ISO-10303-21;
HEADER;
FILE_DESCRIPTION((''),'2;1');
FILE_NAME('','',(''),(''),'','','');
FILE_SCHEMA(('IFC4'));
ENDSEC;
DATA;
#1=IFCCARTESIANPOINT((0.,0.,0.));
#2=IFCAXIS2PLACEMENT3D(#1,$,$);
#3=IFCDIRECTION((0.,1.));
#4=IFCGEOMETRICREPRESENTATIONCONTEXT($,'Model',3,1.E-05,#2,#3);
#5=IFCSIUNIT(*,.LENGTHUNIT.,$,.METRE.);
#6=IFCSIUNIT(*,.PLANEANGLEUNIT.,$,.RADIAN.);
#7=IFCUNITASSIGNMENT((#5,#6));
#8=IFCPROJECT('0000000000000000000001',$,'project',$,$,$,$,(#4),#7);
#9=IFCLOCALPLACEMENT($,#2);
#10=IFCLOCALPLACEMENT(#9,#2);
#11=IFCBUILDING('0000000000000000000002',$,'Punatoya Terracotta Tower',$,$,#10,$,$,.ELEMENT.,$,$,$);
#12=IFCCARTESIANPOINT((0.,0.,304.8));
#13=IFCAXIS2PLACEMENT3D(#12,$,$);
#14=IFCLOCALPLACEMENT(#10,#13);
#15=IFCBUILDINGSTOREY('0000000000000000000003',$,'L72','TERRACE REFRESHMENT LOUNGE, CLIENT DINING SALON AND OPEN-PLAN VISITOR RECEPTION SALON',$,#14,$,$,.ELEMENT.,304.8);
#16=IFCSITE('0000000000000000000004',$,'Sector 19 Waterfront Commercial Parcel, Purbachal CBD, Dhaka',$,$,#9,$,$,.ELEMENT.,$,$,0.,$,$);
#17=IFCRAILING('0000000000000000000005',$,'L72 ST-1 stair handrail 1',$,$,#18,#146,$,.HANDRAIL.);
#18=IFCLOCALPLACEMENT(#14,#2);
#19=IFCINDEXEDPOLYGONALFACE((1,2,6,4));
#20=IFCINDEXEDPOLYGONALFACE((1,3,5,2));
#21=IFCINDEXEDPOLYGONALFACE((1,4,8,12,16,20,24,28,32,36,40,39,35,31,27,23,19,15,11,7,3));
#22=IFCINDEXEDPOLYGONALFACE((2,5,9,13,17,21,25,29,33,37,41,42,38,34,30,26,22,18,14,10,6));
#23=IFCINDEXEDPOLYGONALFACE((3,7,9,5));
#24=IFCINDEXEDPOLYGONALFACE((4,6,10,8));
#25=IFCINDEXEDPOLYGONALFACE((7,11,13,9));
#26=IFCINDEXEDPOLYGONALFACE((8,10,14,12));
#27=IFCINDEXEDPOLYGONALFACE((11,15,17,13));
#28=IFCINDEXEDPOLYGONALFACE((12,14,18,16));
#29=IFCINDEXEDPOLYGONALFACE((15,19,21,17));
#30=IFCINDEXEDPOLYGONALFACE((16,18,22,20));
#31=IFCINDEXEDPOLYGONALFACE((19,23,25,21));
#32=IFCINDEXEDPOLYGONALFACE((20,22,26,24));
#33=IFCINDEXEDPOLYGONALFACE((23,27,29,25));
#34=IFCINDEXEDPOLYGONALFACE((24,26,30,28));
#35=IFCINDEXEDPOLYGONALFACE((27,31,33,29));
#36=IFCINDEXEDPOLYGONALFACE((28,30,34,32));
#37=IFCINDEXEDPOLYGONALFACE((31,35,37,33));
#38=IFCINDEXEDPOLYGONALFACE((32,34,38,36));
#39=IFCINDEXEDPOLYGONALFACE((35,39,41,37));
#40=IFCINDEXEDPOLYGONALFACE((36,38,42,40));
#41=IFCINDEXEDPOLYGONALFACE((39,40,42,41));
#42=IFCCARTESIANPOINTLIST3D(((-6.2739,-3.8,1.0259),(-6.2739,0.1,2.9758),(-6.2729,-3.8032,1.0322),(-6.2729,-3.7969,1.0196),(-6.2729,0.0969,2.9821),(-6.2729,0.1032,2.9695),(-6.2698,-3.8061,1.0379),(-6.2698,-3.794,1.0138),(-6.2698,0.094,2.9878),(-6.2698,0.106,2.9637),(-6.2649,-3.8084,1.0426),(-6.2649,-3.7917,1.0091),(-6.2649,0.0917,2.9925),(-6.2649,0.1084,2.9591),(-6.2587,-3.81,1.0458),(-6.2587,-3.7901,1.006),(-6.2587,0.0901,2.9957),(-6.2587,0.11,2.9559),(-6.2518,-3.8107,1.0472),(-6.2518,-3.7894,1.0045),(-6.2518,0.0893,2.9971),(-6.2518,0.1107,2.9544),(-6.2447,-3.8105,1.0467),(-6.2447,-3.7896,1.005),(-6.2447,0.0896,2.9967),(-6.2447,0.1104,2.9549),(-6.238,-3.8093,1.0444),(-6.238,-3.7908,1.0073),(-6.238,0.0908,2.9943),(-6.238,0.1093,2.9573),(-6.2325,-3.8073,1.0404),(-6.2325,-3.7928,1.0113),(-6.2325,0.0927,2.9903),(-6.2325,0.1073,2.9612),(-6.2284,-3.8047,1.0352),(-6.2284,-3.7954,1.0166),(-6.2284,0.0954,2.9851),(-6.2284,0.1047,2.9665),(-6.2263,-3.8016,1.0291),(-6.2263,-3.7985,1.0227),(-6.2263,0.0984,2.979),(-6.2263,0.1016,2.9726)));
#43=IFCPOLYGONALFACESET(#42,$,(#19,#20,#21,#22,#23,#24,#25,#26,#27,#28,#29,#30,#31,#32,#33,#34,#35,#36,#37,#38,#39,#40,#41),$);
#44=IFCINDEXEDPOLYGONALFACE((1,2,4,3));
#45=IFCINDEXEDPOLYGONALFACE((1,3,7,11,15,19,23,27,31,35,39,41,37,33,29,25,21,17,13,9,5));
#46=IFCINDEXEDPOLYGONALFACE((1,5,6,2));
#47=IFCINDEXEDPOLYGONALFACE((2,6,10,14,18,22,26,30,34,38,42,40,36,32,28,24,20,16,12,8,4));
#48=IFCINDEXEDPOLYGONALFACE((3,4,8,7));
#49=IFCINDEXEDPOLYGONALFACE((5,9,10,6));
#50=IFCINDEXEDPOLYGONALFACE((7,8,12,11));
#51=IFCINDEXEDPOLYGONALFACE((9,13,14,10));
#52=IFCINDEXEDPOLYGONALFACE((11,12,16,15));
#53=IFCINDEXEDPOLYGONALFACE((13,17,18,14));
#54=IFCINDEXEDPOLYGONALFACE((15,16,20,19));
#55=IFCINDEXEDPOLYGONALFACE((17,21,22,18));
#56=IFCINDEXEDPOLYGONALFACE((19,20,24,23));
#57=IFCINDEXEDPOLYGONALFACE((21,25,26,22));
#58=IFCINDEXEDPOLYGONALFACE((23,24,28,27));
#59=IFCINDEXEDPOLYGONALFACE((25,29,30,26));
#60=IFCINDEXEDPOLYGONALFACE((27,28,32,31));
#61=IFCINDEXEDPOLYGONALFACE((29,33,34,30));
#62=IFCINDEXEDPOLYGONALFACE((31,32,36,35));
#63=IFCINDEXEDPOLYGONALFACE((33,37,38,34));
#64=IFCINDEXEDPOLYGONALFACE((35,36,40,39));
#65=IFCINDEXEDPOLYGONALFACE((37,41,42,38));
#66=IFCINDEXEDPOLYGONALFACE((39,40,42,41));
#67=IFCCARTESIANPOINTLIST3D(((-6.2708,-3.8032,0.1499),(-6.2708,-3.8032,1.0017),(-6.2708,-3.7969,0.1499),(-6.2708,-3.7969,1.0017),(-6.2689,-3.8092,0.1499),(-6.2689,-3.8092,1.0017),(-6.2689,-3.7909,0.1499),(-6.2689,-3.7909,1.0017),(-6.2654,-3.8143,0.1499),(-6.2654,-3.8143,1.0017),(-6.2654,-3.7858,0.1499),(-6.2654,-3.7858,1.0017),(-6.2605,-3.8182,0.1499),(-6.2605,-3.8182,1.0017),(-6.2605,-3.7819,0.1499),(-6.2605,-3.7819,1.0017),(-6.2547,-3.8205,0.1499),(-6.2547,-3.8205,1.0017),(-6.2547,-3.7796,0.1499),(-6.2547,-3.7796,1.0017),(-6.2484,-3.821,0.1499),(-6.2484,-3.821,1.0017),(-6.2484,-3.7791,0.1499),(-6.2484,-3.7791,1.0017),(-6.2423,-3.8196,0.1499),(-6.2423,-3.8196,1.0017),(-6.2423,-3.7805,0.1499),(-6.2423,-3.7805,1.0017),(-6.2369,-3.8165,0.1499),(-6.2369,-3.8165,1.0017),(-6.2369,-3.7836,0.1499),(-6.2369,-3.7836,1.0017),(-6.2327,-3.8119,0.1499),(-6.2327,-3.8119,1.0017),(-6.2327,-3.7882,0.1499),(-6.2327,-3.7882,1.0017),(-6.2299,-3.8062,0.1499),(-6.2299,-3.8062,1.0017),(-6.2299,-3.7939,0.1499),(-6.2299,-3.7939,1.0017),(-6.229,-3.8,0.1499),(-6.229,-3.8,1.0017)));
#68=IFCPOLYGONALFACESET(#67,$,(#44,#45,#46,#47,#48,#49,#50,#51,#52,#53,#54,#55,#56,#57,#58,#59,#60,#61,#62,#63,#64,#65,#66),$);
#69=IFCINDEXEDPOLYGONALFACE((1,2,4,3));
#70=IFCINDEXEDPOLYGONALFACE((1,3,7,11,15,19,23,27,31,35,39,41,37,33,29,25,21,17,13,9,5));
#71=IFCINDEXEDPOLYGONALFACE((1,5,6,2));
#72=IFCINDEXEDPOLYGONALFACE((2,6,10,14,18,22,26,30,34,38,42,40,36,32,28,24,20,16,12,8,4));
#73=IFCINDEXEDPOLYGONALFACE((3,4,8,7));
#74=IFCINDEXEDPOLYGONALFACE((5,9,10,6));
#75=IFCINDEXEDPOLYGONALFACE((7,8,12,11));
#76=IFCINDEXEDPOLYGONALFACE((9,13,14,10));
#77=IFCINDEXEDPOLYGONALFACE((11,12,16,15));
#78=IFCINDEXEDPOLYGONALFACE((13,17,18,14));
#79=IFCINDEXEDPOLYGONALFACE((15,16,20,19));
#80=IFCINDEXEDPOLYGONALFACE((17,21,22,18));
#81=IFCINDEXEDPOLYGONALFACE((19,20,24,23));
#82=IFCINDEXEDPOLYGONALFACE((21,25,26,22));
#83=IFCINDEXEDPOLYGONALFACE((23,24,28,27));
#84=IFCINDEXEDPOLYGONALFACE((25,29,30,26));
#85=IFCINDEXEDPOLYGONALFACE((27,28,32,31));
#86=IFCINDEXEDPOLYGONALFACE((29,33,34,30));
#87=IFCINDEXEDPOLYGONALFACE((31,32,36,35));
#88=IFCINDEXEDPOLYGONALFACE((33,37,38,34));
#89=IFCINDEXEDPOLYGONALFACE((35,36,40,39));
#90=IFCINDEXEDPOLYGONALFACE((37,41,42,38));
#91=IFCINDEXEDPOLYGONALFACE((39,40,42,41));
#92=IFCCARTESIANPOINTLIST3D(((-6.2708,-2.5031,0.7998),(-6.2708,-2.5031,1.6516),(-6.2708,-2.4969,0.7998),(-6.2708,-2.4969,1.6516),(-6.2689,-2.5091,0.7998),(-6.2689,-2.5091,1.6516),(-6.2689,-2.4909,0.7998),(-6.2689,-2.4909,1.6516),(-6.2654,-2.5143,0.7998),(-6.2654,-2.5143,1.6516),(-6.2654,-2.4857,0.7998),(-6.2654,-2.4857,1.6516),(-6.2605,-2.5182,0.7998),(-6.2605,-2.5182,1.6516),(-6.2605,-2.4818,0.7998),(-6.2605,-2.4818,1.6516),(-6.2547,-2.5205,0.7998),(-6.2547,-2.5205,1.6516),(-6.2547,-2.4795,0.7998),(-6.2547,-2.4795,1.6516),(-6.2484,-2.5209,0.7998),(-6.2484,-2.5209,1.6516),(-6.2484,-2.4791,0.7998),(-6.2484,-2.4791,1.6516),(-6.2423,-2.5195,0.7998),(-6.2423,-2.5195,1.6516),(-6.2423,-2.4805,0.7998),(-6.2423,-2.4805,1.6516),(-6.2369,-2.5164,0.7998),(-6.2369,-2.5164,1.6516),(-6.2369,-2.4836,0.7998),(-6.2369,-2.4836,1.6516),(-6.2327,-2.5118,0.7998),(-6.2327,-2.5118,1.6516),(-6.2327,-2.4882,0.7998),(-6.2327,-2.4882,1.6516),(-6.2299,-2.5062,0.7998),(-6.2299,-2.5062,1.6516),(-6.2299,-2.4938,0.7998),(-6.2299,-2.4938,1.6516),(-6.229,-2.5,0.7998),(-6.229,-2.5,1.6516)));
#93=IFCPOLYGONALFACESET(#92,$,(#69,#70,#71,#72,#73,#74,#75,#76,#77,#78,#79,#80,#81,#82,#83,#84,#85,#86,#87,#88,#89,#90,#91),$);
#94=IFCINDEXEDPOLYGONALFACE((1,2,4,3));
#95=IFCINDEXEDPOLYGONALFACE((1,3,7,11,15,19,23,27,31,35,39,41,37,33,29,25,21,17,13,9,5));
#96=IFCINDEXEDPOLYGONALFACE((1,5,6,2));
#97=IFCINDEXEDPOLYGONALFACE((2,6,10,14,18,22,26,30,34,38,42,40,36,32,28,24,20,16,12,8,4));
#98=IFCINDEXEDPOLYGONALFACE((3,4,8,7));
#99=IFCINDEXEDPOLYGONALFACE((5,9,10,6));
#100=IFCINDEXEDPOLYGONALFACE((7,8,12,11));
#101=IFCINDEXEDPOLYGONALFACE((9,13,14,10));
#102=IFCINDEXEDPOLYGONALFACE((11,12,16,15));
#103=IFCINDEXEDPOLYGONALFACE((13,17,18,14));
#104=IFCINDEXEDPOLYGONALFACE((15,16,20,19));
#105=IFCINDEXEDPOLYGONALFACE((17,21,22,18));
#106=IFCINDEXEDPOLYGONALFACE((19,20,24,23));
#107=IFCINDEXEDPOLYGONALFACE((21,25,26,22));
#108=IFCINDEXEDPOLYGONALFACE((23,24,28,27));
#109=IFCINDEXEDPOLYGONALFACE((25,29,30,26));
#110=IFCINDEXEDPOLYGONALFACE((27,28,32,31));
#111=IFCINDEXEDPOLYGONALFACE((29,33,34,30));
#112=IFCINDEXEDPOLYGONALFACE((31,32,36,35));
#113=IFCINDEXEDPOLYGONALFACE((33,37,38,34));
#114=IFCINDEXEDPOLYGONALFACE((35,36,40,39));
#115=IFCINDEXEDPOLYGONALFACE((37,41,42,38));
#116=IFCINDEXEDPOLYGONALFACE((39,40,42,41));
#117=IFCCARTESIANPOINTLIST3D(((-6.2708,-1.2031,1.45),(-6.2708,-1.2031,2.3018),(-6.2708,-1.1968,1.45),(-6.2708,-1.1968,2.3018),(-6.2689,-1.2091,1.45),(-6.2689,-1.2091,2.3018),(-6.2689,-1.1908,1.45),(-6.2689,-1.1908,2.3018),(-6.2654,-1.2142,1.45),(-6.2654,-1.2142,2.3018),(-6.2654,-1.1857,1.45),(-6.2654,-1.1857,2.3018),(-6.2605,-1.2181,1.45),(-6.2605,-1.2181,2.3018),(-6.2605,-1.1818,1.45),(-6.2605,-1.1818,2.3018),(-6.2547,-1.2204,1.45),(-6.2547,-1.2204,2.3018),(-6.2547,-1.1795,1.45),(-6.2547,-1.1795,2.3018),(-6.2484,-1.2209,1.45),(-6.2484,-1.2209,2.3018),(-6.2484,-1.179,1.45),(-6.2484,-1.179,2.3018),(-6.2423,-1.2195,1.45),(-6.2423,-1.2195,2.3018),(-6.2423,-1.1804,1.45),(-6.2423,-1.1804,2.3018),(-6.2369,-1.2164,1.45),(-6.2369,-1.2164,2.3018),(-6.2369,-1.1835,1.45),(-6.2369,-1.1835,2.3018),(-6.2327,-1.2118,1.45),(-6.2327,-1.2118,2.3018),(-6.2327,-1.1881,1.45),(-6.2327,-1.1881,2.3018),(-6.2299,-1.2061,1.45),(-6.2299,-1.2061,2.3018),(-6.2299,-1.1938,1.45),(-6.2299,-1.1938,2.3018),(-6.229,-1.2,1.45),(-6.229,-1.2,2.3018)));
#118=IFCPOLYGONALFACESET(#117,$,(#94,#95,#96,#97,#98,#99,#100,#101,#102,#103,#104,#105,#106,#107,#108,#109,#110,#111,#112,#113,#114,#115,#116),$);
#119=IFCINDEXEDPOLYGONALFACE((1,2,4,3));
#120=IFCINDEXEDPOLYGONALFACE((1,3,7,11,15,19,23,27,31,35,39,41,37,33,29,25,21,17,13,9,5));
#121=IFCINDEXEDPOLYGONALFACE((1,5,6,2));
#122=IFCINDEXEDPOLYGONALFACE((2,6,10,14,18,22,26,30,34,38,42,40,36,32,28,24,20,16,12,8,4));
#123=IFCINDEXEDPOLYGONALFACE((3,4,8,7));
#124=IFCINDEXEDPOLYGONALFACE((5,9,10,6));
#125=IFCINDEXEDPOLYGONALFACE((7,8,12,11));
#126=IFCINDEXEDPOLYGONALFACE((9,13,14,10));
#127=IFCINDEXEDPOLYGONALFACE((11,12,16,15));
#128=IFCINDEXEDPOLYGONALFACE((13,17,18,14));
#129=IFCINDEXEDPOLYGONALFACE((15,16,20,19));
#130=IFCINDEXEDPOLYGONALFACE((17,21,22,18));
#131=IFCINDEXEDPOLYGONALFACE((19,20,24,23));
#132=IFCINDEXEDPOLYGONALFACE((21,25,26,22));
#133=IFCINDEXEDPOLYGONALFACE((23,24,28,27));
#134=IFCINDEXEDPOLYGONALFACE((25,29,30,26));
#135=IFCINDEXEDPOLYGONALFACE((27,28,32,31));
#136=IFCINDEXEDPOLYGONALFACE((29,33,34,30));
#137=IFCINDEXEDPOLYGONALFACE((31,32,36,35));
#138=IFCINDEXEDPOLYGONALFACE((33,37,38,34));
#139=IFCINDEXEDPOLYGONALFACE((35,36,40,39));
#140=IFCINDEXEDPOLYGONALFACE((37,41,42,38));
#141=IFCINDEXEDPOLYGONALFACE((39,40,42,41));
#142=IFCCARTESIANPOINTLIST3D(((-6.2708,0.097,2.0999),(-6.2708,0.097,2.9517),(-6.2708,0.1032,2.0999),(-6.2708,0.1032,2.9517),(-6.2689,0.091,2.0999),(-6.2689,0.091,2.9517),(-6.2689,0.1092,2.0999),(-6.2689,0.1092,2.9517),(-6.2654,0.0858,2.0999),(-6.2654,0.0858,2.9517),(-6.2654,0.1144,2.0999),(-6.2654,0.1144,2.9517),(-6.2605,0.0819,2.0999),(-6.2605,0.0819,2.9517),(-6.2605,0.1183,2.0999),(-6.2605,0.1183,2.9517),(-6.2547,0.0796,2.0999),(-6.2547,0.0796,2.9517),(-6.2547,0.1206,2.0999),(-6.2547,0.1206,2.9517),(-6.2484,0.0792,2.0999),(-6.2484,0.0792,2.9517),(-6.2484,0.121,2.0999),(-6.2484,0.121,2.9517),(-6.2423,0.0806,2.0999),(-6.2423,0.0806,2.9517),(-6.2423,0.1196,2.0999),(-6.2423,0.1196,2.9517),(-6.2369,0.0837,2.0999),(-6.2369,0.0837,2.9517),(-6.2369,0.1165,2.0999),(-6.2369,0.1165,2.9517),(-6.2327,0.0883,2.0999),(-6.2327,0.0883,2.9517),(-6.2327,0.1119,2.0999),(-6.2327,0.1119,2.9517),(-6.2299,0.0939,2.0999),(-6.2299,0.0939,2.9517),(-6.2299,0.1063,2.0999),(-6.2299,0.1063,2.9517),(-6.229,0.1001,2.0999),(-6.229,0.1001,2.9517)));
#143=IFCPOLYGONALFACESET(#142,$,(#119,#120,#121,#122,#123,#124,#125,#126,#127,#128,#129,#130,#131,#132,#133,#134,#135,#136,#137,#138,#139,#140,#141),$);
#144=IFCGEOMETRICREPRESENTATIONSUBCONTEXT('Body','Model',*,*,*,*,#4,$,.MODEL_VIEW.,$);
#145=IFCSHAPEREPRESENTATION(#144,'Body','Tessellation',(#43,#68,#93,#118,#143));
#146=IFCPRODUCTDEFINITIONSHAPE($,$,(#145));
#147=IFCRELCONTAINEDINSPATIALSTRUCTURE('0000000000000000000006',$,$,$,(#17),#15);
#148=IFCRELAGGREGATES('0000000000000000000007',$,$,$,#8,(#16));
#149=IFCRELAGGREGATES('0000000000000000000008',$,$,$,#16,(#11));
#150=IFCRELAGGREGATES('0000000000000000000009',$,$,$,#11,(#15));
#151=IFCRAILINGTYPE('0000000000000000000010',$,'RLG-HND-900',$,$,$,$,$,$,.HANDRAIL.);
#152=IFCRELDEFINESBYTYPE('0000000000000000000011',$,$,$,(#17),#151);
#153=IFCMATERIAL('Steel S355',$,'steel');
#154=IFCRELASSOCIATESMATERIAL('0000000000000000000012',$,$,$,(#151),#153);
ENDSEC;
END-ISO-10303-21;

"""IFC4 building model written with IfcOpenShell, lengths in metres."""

from ifc_helpers import new_model, si_unit, direction, frame, origin, origin_2d, place, context, subcontext, project, spatial, circle, extrude, material, type_object, element, save


model = new_model("IFC4")

# Units and contexts
model_context = context("Model", 3, precision=1e-05, world=origin(), true_north=direction((0.0, 1.0)))
body_context = subcontext(model_context, "Body", "Model", "MODEL_VIEW")
ifc_project = project(units=[si_unit("LENGTHUNIT", "METRE"), si_unit("PLANEANGLEUNIT", "RADIAN")], contexts=[model_context])

# Site, building, storey
site_placement = place(None, origin())
site = spatial("IfcSite", under=ifc_project, at=site_placement, Name="Sector 19 Waterfront Commercial Parcel, Purbachal CBD, Dhaka", CompositionType="ELEMENT", RefElevation=0.0)
building_placement = place(site_placement, origin())
building = spatial("IfcBuilding", under=site, at=building_placement, Name="Punatoya Terracotta Tower", CompositionType="ELEMENT")
storey_placement = place(building_placement, frame((0.0, 0.0, 304.8)))
storey = spatial("IfcBuildingStorey", under=building, at=storey_placement, Name="L72", Description="TERRACE REFRESHMENT LOUNGE, CLIENT DINING SALON AND OPEN-PLAN VISITOR RECEPTION SALON", CompositionType="ELEMENT", Elevation=304.8)

# Shared definitions
ifc_material_1 = material(Name="Steel S355", Category="steel")

# Railing
railing_type_1 = type_object("IfcRailingType", Name="RLG-HND-900", PredefinedType="HANDRAIL", material=ifc_material_1)
railing_1_placement = place(storey_placement, frame((-6.25, -3.8, 0.1499)))
element("IfcRailing", 1, at=railing_1_placement, inside=storey, type_object=railing_type_1, Name="L72 ST-1 stair handrail 1", PredefinedType="HANDRAIL", context=body_context, shape_type="SweptSolid", body=[
    extrude(circle(Radius=0.0239, at=origin_2d()), frame((0.0, 0.0, 0.876), z_axis=(0.0, 0.894438, 0.447191), x_axis=(-1.0, 0.0, 0.0)), (0.0, 0.0, 1.0), 4.3604),
    extrude(circle(Radius=0.021, at=origin_2d()), origin(), (0.0, 0.0, 1.0), 0.8518),
    extrude(circle(Radius=0.021, at=origin_2d()), frame((0.0, 1.3, 0.6499)), (0.0, 0.0, 1.0), 0.8518),
    extrude(circle(Radius=0.021, at=origin_2d()), frame((0.0, 2.6001, 1.3)), (0.0, 0.0, 1.0), 0.8518),
    extrude(circle(Radius=0.021, at=origin_2d()), frame((0.0, 3.9001, 1.95)), (0.0, 0.0, 1.0), 0.8518),
])

save(model, "model.ifc")
